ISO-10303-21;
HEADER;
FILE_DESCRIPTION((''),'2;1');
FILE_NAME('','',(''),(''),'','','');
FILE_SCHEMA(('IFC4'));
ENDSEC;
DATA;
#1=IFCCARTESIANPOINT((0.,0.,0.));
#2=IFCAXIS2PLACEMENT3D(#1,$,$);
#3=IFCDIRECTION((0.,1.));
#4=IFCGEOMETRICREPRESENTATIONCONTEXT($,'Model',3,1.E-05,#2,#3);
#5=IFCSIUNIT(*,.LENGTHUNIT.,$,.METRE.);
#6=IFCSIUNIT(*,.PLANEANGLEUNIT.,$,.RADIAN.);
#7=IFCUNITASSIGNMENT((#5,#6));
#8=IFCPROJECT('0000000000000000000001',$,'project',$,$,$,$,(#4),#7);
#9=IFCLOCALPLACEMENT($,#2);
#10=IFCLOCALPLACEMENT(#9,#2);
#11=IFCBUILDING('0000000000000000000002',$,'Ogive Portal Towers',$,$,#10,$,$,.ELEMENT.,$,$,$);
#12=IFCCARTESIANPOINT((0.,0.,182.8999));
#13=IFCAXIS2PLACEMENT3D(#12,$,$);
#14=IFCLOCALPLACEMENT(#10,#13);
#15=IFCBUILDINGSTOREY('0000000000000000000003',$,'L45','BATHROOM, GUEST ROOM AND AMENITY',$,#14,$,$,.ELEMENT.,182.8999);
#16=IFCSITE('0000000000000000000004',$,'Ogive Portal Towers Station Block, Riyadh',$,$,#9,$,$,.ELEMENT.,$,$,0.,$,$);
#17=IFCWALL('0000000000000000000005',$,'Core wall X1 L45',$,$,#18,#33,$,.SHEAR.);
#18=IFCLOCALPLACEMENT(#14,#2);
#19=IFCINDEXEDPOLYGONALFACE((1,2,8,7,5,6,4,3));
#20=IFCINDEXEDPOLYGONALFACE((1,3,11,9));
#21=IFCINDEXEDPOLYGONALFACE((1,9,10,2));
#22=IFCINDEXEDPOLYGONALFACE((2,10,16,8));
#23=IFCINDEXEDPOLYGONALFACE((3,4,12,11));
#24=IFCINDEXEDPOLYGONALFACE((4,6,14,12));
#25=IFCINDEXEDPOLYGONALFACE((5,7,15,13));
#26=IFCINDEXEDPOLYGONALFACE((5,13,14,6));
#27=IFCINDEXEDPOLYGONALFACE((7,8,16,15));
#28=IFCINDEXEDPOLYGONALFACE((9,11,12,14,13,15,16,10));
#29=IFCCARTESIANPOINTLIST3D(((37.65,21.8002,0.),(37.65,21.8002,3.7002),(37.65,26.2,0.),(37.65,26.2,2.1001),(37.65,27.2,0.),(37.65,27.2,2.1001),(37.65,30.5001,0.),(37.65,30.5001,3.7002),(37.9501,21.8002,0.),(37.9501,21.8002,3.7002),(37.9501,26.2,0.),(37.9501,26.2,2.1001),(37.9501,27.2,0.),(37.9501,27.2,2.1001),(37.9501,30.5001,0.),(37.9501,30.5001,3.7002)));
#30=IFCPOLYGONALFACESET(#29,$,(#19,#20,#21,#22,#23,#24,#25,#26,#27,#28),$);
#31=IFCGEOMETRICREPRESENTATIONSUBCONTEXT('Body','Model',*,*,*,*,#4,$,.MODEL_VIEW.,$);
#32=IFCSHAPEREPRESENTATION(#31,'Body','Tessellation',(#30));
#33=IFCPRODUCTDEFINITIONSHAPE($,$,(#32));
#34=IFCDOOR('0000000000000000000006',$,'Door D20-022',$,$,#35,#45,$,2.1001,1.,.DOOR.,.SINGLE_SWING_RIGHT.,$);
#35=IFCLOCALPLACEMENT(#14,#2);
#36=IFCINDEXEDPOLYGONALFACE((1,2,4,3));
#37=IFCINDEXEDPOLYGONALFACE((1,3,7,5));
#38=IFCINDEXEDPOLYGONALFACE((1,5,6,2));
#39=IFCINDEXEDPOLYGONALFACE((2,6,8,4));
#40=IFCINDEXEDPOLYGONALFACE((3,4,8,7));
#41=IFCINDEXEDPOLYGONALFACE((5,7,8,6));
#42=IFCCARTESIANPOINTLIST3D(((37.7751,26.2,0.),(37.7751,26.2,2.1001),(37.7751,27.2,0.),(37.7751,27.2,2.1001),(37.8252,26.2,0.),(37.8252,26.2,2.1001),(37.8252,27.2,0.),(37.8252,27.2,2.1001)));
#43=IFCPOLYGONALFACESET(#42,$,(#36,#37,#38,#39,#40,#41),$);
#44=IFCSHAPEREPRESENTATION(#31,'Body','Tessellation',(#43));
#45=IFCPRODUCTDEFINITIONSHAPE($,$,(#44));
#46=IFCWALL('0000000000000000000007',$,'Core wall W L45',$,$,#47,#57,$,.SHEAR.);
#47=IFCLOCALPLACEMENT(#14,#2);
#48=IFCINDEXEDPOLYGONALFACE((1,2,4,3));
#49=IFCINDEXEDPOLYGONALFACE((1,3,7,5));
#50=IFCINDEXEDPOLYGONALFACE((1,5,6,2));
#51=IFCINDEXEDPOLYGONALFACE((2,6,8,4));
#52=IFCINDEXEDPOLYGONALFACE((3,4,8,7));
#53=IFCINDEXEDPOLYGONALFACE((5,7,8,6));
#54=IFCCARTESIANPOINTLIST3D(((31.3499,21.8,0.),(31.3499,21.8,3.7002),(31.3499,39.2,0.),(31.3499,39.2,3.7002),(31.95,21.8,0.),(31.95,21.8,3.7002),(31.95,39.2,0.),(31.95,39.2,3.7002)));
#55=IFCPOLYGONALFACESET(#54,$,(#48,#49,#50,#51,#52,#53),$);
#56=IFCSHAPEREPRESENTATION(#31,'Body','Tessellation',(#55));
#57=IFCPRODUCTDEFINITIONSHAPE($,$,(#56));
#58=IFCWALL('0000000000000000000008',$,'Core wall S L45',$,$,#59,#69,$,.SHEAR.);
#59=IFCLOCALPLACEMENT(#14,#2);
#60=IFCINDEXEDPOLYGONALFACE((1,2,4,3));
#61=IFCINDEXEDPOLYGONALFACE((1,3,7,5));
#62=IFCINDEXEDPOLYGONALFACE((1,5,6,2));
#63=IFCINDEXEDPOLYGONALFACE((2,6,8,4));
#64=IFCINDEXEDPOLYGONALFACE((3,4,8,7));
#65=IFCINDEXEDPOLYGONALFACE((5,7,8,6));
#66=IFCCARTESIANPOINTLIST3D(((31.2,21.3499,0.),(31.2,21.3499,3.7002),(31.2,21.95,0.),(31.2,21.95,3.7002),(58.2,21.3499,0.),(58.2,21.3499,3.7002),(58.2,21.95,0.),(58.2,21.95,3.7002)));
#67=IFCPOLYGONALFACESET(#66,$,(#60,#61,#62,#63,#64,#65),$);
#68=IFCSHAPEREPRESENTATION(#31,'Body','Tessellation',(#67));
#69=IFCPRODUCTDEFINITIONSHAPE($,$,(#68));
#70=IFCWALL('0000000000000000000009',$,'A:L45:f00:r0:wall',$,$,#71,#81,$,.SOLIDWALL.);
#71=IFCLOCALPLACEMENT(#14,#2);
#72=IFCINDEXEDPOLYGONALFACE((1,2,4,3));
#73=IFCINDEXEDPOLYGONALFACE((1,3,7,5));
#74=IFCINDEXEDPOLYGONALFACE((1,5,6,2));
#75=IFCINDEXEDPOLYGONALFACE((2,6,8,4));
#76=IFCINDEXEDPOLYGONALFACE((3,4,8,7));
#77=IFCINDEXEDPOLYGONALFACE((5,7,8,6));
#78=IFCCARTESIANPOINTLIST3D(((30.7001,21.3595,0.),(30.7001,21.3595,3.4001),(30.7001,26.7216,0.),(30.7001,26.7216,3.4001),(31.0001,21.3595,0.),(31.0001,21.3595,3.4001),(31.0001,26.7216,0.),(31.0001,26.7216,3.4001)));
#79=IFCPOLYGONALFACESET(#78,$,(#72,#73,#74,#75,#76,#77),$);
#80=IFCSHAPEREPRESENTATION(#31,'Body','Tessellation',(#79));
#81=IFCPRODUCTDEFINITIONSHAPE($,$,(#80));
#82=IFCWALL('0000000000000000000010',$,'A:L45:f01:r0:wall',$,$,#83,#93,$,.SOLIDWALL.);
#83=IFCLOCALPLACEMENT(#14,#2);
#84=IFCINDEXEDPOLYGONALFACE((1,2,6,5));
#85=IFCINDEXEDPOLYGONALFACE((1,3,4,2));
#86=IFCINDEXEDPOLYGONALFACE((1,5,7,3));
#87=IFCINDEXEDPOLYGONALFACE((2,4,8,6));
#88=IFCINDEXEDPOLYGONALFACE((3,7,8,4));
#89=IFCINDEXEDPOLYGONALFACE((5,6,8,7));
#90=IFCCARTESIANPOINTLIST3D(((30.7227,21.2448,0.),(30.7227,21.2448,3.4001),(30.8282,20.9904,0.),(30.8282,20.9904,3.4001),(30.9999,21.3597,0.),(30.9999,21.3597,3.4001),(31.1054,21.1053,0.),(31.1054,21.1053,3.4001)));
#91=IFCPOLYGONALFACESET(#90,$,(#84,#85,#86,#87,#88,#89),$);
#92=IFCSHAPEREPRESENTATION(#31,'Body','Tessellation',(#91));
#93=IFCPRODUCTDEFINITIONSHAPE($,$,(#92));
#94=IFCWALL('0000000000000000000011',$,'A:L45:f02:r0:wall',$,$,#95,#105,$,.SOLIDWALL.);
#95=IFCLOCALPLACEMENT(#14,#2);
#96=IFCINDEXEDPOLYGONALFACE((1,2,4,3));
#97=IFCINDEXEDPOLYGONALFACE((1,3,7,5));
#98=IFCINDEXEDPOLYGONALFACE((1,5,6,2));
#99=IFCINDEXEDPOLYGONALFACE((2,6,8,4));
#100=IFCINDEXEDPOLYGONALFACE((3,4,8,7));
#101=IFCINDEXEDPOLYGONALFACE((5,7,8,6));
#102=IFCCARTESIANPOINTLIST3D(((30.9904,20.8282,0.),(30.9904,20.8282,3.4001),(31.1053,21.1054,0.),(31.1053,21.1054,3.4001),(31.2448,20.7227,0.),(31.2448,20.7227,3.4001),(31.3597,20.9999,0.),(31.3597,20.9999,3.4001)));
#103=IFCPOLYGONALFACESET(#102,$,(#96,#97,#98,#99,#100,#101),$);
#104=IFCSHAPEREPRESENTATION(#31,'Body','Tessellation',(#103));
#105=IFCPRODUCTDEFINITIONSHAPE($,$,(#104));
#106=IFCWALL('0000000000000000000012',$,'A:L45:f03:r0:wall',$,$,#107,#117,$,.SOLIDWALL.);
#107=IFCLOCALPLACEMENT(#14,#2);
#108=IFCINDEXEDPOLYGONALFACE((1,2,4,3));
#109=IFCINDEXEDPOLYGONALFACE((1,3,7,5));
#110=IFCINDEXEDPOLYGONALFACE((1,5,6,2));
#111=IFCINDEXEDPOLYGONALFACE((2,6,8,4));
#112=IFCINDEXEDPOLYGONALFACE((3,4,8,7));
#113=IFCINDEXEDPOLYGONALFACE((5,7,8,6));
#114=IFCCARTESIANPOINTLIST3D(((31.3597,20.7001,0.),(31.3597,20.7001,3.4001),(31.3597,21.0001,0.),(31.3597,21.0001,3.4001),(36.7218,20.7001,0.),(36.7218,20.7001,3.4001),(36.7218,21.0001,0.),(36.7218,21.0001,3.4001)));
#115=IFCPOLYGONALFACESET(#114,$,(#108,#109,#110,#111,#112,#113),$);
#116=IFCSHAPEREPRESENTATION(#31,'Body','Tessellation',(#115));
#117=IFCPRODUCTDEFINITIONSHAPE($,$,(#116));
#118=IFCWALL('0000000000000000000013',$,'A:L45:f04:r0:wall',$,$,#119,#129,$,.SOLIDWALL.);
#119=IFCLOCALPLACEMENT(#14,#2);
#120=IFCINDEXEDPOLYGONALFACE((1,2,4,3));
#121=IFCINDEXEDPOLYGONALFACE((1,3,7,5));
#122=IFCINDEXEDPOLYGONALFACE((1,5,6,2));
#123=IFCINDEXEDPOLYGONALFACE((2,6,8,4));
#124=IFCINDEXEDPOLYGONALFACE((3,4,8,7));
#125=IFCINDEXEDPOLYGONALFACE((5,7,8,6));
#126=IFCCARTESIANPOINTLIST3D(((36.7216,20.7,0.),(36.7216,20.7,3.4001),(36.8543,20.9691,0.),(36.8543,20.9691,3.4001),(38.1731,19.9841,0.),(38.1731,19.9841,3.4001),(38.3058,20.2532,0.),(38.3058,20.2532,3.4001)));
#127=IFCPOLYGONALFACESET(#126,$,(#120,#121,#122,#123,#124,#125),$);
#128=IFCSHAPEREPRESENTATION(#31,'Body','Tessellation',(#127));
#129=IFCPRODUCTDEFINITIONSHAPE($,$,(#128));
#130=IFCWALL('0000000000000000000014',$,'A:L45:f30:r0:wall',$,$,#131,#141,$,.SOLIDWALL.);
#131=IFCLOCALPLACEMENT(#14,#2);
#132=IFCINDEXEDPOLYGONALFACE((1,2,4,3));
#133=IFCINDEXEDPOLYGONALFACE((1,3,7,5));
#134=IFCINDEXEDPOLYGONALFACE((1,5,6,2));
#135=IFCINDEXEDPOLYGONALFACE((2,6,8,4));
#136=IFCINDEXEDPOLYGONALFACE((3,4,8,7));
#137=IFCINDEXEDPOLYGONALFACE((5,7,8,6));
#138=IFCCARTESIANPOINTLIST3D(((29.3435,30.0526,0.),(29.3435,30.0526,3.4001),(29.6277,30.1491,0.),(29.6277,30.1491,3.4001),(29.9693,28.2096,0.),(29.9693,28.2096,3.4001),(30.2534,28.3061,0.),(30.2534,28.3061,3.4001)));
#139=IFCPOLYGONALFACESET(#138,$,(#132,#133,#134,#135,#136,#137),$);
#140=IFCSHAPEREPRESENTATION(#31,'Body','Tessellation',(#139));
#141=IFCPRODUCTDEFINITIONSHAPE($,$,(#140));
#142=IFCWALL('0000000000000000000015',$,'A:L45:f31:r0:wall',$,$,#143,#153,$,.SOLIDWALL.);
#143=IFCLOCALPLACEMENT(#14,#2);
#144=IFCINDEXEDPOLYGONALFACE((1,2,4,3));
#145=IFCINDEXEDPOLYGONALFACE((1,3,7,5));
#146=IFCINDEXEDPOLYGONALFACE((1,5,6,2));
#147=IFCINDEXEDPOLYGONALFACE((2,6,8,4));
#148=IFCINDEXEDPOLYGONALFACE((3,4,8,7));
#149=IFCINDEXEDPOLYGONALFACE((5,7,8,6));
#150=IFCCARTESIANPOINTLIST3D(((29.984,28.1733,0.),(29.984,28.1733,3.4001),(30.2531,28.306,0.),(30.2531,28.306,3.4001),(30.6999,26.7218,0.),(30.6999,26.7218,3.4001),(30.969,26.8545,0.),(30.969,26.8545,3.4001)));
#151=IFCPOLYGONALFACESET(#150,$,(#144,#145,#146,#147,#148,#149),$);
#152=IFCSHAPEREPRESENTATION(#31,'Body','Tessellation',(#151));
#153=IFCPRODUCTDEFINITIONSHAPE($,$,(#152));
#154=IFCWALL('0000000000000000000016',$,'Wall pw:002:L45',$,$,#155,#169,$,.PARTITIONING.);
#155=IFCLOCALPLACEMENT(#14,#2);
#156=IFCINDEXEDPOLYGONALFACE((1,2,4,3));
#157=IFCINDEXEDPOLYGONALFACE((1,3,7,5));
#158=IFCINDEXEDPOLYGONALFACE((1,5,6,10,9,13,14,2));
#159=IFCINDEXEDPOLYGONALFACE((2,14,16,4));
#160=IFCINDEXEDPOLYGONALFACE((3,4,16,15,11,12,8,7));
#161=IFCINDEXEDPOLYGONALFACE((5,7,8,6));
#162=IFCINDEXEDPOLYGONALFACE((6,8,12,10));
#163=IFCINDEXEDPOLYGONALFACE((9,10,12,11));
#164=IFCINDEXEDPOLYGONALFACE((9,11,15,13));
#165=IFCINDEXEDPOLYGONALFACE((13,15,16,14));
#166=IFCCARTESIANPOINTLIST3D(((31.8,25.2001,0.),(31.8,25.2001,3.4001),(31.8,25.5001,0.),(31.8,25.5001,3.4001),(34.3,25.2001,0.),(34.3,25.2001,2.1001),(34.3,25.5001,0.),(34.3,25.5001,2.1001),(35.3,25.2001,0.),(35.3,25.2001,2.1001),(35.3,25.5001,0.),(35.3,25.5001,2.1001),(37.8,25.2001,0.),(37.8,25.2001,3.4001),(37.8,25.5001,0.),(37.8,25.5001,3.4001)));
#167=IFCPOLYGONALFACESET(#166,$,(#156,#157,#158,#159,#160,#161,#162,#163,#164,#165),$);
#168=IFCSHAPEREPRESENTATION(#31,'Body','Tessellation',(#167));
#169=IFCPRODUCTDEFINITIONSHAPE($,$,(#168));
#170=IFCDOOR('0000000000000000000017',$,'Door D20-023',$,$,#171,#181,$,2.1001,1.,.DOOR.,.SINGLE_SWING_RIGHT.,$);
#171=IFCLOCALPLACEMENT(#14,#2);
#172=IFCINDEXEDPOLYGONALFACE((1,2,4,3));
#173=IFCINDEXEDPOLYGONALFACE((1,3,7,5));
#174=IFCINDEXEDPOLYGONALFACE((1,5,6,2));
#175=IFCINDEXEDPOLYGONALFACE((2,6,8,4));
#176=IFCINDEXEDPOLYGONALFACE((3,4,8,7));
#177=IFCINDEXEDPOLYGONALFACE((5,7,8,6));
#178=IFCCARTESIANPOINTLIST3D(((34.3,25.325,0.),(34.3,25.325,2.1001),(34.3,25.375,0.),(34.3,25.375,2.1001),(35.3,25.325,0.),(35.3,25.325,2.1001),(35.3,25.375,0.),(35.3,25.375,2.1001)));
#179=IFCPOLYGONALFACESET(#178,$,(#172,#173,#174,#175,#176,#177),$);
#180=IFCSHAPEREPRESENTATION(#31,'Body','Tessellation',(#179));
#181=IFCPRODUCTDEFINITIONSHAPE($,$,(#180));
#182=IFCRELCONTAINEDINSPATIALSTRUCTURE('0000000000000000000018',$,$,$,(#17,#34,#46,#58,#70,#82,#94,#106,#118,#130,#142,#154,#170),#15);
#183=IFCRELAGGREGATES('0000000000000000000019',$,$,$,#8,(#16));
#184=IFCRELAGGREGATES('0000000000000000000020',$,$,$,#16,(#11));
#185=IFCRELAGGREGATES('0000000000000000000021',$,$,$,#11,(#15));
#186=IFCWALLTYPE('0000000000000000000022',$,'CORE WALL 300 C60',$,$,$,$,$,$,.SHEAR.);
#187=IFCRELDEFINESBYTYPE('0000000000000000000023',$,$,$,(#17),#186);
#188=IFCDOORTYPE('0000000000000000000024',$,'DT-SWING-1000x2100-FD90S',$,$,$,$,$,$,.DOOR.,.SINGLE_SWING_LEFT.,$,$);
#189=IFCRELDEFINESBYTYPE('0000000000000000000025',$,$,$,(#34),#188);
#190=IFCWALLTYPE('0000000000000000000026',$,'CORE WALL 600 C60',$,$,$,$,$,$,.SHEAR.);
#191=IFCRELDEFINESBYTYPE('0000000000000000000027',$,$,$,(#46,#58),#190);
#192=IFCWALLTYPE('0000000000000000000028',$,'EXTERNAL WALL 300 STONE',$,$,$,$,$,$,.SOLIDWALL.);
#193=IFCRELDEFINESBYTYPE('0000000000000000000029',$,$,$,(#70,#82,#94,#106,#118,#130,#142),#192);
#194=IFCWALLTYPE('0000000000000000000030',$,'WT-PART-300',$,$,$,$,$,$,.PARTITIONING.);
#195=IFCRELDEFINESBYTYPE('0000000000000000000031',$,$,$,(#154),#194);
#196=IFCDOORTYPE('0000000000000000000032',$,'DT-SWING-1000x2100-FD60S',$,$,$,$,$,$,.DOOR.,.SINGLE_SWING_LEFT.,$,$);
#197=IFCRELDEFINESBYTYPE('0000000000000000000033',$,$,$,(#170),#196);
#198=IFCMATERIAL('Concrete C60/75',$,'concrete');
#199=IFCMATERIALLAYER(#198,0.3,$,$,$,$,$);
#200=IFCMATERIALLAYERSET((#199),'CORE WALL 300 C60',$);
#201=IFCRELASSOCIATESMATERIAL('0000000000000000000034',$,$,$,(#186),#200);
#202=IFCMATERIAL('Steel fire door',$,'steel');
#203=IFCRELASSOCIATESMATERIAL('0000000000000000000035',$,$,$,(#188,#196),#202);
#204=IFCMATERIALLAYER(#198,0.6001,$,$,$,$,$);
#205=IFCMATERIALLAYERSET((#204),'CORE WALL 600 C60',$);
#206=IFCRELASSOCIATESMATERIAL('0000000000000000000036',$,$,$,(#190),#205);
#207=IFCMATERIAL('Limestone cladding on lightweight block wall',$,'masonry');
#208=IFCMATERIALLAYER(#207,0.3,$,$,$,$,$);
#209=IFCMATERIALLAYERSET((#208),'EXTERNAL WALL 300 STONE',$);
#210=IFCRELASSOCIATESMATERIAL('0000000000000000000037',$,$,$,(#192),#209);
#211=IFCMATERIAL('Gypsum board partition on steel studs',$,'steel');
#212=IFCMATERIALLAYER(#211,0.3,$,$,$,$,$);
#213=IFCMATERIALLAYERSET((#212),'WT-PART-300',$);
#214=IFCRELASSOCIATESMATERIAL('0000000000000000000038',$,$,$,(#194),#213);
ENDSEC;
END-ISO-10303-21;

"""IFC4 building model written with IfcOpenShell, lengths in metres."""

from ifc_helpers import new_model, si_unit, direction, frame, frame_2d, origin, place, context, subcontext, project, spatial, rectangle, extrude, material, layer, layer_set, type_object, element, fill, save


model = new_model("IFC4")

# Units and contexts
model_context = context("Model", 3, precision=1e-05, world=origin(), true_north=direction((0.0, 1.0)))
body_context = subcontext(model_context, "Body", "Model", "MODEL_VIEW")
ifc_project = project(units=[si_unit("LENGTHUNIT", "METRE"), si_unit("PLANEANGLEUNIT", "RADIAN")], contexts=[model_context])

# Site, building, storey
site_placement = place(None, origin())
site = spatial("IfcSite", under=ifc_project, at=site_placement, Name="Ogive Portal Towers Station Block, Riyadh", CompositionType="ELEMENT", RefElevation=0.0)
building_placement = place(site_placement, origin())
building = spatial("IfcBuilding", under=site, at=building_placement, Name="Ogive Portal Towers", CompositionType="ELEMENT")
storey_placement = place(building_placement, frame((0.0, 0.0, 182.8999)))
storey = spatial("IfcBuildingStorey", under=building, at=storey_placement, Name="L45", Description="BATHROOM, GUEST ROOM AND AMENITY", CompositionType="ELEMENT", Elevation=182.8999)

# Wall, opening, door
ifc_material_1 = material(Name="Concrete C60/75", Category="concrete")
ifc_layer_1 = layer(ifc_material_1, 0.3)
ifc_layer_set_1 = layer_set([ifc_layer_1], Name="CORE WALL 300 C60")
wall_type_1 = type_object("IfcWallType", Name="CORE WALL 300 C60", PredefinedType="SHEAR", material=ifc_layer_set_1)
wall_1_placement = place(storey_placement, frame((37.8, 21.8, 0.0), z_axis=(0.0, 0.0, 1.0), x_axis=(0.0, 1.0, 0.0)))
wall_1 = element("IfcWall", 1, at=wall_1_placement, inside=storey, type_object=wall_type_1, Name="Core wall X1 L45", PredefinedType="SHEAR", context=body_context, shape_type="SweptSolid", body=[
    extrude(rectangle(XDim=8.7, YDim=0.3, at=frame_2d((4.3501, 0.0))), origin(), (0.0, 0.0, 1.0), 3.7002),
])
opening_1_placement = place(wall_1_placement, frame((4.3999, 0.0, 0.0)))
opening_1 = element("IfcOpeningElement", 2, at=opening_1_placement, cuts=wall_1, PredefinedType="OPENING", context=body_context, shape_type="SweptSolid", body=[
    extrude(rectangle(XDim=1.0, YDim=2.1001, at=frame_2d((0.5, 1.05))), frame((0.0, 0.1602, 0.0), z_axis=(0.0, -1.0, 0.0), x_axis=(1.0, 0.0, 0.0)), (0.0, 0.0, 1.0), 0.3201),
])
ifc_material_2 = material(Name="Steel fire door", Category="steel")
door_type_1 = type_object("IfcDoorType", Name="DT-SWING-1000x2100-FD90S", OperationType="SINGLE_SWING_LEFT", PredefinedType="DOOR", material=ifc_material_2)
door_1_placement = place(opening_1_placement, origin())
door_1 = element("IfcDoor", 3, at=door_1_placement, inside=storey, type_object=door_type_1, Name="Door D20-022", OperationType="SINGLE_SWING_RIGHT", OverallHeight=2.1001, OverallWidth=1.0, PredefinedType="DOOR", context=body_context, shape_type="SweptSolid", body=[
    extrude(rectangle(XDim=1.0, YDim=2.1001, at=frame_2d((0.5, 1.05))), frame((0.0, 0.0249, 0.0), z_axis=(0.0, -1.0, 0.0), x_axis=(1.0, 0.0, 0.0)), (0.0, 0.0, 1.0), 0.05),
])
fill(opening_1, door_1)

# Walls
ifc_layer_2 = layer(ifc_material_1, 0.6001)
ifc_layer_set_2 = layer_set([ifc_layer_2], Name="CORE WALL 600 C60")
wall_type_2 = type_object("IfcWallType", Name="CORE WALL 600 C60", PredefinedType="SHEAR", material=ifc_layer_set_2)
wall_2_placement = place(storey_placement, frame((31.6499, 21.8, 0.0), z_axis=(0.0, 0.0, 1.0), x_axis=(0.0, 1.0, 0.0)))
element("IfcWall", 4, at=wall_2_placement, inside=storey, type_object=wall_type_2, Name="Core wall W L45", PredefinedType="SHEAR", context=body_context, shape_type="SweptSolid", body=[
    extrude(rectangle(XDim=17.3999, YDim=0.6001, at=frame_2d((8.7, 0.0))), origin(), (0.0, 0.0, 1.0), 3.7002),
])
wall_3_placement = place(storey_placement, frame((31.2, 21.6499, 0.0), z_axis=(0.0, 0.0, 1.0), x_axis=(1.0, 0.0, 0.0)))
element("IfcWall", 5, at=wall_3_placement, inside=storey, type_object=wall_type_2, Name="Core wall S L45", PredefinedType="SHEAR", context=body_context, shape_type="SweptSolid", body=[
    extrude(rectangle(XDim=27.0, YDim=0.6001, at=frame_2d((13.5, 0.0))), origin(), (0.0, 0.0, 1.0), 3.7002),
])
ifc_material_3 = material(Name="Limestone cladding on lightweight block wall", Category="masonry")
ifc_layer_3 = layer(ifc_material_3, 0.3)
ifc_layer_set_3 = layer_set([ifc_layer_3], Name="EXTERNAL WALL 300 STONE")
wall_type_3 = type_object("IfcWallType", Name="EXTERNAL WALL 300 STONE", PredefinedType="SOLIDWALL", material=ifc_layer_set_3)
wall_4_placement = place(storey_placement, frame((30.8501, 26.7217, 0.0), z_axis=(0.0, 0.0, 1.0), x_axis=(0.0, -1.0, 0.0)))
element("IfcWall", 6, at=wall_4_placement, inside=storey, type_object=wall_type_3, Name="A:L45:f00:r0:wall", PredefinedType="SOLIDWALL", context=body_context, shape_type="SweptSolid", body=[
    extrude(rectangle(XDim=5.3621, YDim=0.3, at=frame_2d((2.6812, 0.0))), origin(), (0.0, 0.0, 1.0), 3.4001),
])
for number, where, z_axis, x_axis, name in (
    (7, (30.8613, 21.3022, 0.0), (0.0, 0.0, 1.0), (0.382978, -0.923757, 0.0), "A:L45:f01:r0:wall"),
    (8, (31.0479, 20.9668, 0.0), (0.0, 0.0, 1.0), (0.923757, -0.382978, 0.0), "A:L45:f02:r0:wall"),
):
    element("IfcWall", number, at=place(storey_placement, frame(where, z_axis=z_axis, x_axis=x_axis)), inside=storey, type_object=wall_type_3, Name=name, PredefinedType="SOLIDWALL", context=body_context, shape_type="SweptSolid", body=[
        extrude(rectangle(XDim=0.2754, YDim=0.3, at=frame_2d((0.1377, 0.0))), origin(), (0.0, 0.0, 1.0), 3.4001),
    ])
wall_5_placement = place(storey_placement, frame((31.3596, 20.8501, 0.0), z_axis=(0.0, 0.0, 1.0), x_axis=(1.0, 0.0, 0.0)))
element("IfcWall", 9, at=wall_5_placement, inside=storey, type_object=wall_type_3, Name="A:L45:f03:r0:wall", PredefinedType="SOLIDWALL", context=body_context, shape_type="SweptSolid", body=[
    extrude(rectangle(XDim=5.3621, YDim=0.3, at=frame_2d((2.6812, 0.0))), origin(), (0.0, 0.0, 1.0), 3.4001),
])
wall_6_placement = place(storey_placement, frame((36.7881, 20.8345, 0.0), z_axis=(0.0, 0.0, 1.0), x_axis=(0.896858, -0.442319, 0.0)))
element("IfcWall", 10, at=wall_6_placement, inside=storey, type_object=wall_type_3, Name="A:L45:f04:r0:wall", PredefinedType="SOLIDWALL", context=body_context, shape_type="SweptSolid", body=[
    extrude(rectangle(XDim=1.6184, YDim=0.3, at=frame_2d((0.8091, 0.0))), origin(), (0.0, 0.0, 1.0), 3.4001),
])
wall_7_placement = place(storey_placement, frame((29.4856, 30.1008, 0.0), z_axis=(0.0, 0.0, 1.0), x_axis=(0.321491, -0.946913, 0.0)))
element("IfcWall", 11, at=wall_7_placement, inside=storey, type_object=wall_type_3, Name="A:L45:f30:r0:wall", PredefinedType="SOLIDWALL", context=body_context, shape_type="SweptSolid", body=[
    extrude(rectangle(XDim=1.9463, YDim=0.3, at=frame_2d((0.9731, 0.0))), origin(), (0.0, 0.0, 1.0), 3.4001),
])
wall_8_placement = place(storey_placement, frame((30.1187, 28.2395, 0.0), z_axis=(0.0, 0.0, 1.0), x_axis=(0.442319, -0.896858, 0.0)))
element("IfcWall", 12, at=wall_8_placement, inside=storey, type_object=wall_type_3, Name="A:L45:f31:r0:wall", PredefinedType="SOLIDWALL", context=body_context, shape_type="SweptSolid", body=[
    extrude(rectangle(XDim=1.6184, YDim=0.3, at=frame_2d((0.8091, 0.0))), origin(), (0.0, 0.0, 1.0), 3.4001),
])

# Wall, opening, door
ifc_material_4 = material(Name="Gypsum board partition on steel studs", Category="steel")
ifc_layer_4 = layer(ifc_material_4, 0.3)
ifc_layer_set_4 = layer_set([ifc_layer_4], Name="WT-PART-300")
wall_type_4 = type_object("IfcWallType", Name="WT-PART-300", PredefinedType="PARTITIONING", material=ifc_layer_set_4)
wall_9_placement = place(storey_placement, frame((31.8, 25.3501, 0.0), z_axis=(0.0, 0.0, 1.0), x_axis=(1.0, 0.0, 0.0)))
wall_9 = element("IfcWall", 13, at=wall_9_placement, inside=storey, type_object=wall_type_4, Name="Wall pw:002:L45", PredefinedType="PARTITIONING", context=body_context, shape_type="SweptSolid", body=[
    extrude(rectangle(XDim=6.0, YDim=0.3, at=frame_2d((3.0, 0.0))), origin(), (0.0, 0.0, 1.0), 3.4001),
])
opening_2_placement = place(wall_9_placement, frame((2.5, 0.0, 0.0)))
opening_2 = element("IfcOpeningElement", 14, at=opening_2_placement, cuts=wall_9, PredefinedType="OPENING", context=body_context, shape_type="SweptSolid", body=[
    extrude(rectangle(XDim=1.0, YDim=2.1001, at=frame_2d((0.5, 1.05))), frame((0.0, 0.1602, 0.0), z_axis=(0.0, -1.0, 0.0), x_axis=(1.0, 0.0, 0.0)), (0.0, 0.0, 1.0), 0.3201),
])
door_type_2 = type_object("IfcDoorType", Name="DT-SWING-1000x2100-FD60S", OperationType="SINGLE_SWING_LEFT", PredefinedType="DOOR", material=ifc_material_2)
door_2_placement = place(opening_2_placement, origin())
door_2 = element("IfcDoor", 15, at=door_2_placement, inside=storey, type_object=door_type_2, Name="Door D20-023", OperationType="SINGLE_SWING_RIGHT", OverallHeight=2.1001, OverallWidth=1.0, PredefinedType="DOOR", context=body_context, shape_type="SweptSolid", body=[
    extrude(rectangle(XDim=1.0, YDim=2.1001, at=frame_2d((0.5, 1.05))), frame((0.0, 0.0249, 0.0), z_axis=(0.0, -1.0, 0.0), x_axis=(1.0, 0.0, 0.0)), (0.0, 0.0, 1.0), 0.05),
])
fill(opening_2, door_2)

save(model, "model.ifc")
